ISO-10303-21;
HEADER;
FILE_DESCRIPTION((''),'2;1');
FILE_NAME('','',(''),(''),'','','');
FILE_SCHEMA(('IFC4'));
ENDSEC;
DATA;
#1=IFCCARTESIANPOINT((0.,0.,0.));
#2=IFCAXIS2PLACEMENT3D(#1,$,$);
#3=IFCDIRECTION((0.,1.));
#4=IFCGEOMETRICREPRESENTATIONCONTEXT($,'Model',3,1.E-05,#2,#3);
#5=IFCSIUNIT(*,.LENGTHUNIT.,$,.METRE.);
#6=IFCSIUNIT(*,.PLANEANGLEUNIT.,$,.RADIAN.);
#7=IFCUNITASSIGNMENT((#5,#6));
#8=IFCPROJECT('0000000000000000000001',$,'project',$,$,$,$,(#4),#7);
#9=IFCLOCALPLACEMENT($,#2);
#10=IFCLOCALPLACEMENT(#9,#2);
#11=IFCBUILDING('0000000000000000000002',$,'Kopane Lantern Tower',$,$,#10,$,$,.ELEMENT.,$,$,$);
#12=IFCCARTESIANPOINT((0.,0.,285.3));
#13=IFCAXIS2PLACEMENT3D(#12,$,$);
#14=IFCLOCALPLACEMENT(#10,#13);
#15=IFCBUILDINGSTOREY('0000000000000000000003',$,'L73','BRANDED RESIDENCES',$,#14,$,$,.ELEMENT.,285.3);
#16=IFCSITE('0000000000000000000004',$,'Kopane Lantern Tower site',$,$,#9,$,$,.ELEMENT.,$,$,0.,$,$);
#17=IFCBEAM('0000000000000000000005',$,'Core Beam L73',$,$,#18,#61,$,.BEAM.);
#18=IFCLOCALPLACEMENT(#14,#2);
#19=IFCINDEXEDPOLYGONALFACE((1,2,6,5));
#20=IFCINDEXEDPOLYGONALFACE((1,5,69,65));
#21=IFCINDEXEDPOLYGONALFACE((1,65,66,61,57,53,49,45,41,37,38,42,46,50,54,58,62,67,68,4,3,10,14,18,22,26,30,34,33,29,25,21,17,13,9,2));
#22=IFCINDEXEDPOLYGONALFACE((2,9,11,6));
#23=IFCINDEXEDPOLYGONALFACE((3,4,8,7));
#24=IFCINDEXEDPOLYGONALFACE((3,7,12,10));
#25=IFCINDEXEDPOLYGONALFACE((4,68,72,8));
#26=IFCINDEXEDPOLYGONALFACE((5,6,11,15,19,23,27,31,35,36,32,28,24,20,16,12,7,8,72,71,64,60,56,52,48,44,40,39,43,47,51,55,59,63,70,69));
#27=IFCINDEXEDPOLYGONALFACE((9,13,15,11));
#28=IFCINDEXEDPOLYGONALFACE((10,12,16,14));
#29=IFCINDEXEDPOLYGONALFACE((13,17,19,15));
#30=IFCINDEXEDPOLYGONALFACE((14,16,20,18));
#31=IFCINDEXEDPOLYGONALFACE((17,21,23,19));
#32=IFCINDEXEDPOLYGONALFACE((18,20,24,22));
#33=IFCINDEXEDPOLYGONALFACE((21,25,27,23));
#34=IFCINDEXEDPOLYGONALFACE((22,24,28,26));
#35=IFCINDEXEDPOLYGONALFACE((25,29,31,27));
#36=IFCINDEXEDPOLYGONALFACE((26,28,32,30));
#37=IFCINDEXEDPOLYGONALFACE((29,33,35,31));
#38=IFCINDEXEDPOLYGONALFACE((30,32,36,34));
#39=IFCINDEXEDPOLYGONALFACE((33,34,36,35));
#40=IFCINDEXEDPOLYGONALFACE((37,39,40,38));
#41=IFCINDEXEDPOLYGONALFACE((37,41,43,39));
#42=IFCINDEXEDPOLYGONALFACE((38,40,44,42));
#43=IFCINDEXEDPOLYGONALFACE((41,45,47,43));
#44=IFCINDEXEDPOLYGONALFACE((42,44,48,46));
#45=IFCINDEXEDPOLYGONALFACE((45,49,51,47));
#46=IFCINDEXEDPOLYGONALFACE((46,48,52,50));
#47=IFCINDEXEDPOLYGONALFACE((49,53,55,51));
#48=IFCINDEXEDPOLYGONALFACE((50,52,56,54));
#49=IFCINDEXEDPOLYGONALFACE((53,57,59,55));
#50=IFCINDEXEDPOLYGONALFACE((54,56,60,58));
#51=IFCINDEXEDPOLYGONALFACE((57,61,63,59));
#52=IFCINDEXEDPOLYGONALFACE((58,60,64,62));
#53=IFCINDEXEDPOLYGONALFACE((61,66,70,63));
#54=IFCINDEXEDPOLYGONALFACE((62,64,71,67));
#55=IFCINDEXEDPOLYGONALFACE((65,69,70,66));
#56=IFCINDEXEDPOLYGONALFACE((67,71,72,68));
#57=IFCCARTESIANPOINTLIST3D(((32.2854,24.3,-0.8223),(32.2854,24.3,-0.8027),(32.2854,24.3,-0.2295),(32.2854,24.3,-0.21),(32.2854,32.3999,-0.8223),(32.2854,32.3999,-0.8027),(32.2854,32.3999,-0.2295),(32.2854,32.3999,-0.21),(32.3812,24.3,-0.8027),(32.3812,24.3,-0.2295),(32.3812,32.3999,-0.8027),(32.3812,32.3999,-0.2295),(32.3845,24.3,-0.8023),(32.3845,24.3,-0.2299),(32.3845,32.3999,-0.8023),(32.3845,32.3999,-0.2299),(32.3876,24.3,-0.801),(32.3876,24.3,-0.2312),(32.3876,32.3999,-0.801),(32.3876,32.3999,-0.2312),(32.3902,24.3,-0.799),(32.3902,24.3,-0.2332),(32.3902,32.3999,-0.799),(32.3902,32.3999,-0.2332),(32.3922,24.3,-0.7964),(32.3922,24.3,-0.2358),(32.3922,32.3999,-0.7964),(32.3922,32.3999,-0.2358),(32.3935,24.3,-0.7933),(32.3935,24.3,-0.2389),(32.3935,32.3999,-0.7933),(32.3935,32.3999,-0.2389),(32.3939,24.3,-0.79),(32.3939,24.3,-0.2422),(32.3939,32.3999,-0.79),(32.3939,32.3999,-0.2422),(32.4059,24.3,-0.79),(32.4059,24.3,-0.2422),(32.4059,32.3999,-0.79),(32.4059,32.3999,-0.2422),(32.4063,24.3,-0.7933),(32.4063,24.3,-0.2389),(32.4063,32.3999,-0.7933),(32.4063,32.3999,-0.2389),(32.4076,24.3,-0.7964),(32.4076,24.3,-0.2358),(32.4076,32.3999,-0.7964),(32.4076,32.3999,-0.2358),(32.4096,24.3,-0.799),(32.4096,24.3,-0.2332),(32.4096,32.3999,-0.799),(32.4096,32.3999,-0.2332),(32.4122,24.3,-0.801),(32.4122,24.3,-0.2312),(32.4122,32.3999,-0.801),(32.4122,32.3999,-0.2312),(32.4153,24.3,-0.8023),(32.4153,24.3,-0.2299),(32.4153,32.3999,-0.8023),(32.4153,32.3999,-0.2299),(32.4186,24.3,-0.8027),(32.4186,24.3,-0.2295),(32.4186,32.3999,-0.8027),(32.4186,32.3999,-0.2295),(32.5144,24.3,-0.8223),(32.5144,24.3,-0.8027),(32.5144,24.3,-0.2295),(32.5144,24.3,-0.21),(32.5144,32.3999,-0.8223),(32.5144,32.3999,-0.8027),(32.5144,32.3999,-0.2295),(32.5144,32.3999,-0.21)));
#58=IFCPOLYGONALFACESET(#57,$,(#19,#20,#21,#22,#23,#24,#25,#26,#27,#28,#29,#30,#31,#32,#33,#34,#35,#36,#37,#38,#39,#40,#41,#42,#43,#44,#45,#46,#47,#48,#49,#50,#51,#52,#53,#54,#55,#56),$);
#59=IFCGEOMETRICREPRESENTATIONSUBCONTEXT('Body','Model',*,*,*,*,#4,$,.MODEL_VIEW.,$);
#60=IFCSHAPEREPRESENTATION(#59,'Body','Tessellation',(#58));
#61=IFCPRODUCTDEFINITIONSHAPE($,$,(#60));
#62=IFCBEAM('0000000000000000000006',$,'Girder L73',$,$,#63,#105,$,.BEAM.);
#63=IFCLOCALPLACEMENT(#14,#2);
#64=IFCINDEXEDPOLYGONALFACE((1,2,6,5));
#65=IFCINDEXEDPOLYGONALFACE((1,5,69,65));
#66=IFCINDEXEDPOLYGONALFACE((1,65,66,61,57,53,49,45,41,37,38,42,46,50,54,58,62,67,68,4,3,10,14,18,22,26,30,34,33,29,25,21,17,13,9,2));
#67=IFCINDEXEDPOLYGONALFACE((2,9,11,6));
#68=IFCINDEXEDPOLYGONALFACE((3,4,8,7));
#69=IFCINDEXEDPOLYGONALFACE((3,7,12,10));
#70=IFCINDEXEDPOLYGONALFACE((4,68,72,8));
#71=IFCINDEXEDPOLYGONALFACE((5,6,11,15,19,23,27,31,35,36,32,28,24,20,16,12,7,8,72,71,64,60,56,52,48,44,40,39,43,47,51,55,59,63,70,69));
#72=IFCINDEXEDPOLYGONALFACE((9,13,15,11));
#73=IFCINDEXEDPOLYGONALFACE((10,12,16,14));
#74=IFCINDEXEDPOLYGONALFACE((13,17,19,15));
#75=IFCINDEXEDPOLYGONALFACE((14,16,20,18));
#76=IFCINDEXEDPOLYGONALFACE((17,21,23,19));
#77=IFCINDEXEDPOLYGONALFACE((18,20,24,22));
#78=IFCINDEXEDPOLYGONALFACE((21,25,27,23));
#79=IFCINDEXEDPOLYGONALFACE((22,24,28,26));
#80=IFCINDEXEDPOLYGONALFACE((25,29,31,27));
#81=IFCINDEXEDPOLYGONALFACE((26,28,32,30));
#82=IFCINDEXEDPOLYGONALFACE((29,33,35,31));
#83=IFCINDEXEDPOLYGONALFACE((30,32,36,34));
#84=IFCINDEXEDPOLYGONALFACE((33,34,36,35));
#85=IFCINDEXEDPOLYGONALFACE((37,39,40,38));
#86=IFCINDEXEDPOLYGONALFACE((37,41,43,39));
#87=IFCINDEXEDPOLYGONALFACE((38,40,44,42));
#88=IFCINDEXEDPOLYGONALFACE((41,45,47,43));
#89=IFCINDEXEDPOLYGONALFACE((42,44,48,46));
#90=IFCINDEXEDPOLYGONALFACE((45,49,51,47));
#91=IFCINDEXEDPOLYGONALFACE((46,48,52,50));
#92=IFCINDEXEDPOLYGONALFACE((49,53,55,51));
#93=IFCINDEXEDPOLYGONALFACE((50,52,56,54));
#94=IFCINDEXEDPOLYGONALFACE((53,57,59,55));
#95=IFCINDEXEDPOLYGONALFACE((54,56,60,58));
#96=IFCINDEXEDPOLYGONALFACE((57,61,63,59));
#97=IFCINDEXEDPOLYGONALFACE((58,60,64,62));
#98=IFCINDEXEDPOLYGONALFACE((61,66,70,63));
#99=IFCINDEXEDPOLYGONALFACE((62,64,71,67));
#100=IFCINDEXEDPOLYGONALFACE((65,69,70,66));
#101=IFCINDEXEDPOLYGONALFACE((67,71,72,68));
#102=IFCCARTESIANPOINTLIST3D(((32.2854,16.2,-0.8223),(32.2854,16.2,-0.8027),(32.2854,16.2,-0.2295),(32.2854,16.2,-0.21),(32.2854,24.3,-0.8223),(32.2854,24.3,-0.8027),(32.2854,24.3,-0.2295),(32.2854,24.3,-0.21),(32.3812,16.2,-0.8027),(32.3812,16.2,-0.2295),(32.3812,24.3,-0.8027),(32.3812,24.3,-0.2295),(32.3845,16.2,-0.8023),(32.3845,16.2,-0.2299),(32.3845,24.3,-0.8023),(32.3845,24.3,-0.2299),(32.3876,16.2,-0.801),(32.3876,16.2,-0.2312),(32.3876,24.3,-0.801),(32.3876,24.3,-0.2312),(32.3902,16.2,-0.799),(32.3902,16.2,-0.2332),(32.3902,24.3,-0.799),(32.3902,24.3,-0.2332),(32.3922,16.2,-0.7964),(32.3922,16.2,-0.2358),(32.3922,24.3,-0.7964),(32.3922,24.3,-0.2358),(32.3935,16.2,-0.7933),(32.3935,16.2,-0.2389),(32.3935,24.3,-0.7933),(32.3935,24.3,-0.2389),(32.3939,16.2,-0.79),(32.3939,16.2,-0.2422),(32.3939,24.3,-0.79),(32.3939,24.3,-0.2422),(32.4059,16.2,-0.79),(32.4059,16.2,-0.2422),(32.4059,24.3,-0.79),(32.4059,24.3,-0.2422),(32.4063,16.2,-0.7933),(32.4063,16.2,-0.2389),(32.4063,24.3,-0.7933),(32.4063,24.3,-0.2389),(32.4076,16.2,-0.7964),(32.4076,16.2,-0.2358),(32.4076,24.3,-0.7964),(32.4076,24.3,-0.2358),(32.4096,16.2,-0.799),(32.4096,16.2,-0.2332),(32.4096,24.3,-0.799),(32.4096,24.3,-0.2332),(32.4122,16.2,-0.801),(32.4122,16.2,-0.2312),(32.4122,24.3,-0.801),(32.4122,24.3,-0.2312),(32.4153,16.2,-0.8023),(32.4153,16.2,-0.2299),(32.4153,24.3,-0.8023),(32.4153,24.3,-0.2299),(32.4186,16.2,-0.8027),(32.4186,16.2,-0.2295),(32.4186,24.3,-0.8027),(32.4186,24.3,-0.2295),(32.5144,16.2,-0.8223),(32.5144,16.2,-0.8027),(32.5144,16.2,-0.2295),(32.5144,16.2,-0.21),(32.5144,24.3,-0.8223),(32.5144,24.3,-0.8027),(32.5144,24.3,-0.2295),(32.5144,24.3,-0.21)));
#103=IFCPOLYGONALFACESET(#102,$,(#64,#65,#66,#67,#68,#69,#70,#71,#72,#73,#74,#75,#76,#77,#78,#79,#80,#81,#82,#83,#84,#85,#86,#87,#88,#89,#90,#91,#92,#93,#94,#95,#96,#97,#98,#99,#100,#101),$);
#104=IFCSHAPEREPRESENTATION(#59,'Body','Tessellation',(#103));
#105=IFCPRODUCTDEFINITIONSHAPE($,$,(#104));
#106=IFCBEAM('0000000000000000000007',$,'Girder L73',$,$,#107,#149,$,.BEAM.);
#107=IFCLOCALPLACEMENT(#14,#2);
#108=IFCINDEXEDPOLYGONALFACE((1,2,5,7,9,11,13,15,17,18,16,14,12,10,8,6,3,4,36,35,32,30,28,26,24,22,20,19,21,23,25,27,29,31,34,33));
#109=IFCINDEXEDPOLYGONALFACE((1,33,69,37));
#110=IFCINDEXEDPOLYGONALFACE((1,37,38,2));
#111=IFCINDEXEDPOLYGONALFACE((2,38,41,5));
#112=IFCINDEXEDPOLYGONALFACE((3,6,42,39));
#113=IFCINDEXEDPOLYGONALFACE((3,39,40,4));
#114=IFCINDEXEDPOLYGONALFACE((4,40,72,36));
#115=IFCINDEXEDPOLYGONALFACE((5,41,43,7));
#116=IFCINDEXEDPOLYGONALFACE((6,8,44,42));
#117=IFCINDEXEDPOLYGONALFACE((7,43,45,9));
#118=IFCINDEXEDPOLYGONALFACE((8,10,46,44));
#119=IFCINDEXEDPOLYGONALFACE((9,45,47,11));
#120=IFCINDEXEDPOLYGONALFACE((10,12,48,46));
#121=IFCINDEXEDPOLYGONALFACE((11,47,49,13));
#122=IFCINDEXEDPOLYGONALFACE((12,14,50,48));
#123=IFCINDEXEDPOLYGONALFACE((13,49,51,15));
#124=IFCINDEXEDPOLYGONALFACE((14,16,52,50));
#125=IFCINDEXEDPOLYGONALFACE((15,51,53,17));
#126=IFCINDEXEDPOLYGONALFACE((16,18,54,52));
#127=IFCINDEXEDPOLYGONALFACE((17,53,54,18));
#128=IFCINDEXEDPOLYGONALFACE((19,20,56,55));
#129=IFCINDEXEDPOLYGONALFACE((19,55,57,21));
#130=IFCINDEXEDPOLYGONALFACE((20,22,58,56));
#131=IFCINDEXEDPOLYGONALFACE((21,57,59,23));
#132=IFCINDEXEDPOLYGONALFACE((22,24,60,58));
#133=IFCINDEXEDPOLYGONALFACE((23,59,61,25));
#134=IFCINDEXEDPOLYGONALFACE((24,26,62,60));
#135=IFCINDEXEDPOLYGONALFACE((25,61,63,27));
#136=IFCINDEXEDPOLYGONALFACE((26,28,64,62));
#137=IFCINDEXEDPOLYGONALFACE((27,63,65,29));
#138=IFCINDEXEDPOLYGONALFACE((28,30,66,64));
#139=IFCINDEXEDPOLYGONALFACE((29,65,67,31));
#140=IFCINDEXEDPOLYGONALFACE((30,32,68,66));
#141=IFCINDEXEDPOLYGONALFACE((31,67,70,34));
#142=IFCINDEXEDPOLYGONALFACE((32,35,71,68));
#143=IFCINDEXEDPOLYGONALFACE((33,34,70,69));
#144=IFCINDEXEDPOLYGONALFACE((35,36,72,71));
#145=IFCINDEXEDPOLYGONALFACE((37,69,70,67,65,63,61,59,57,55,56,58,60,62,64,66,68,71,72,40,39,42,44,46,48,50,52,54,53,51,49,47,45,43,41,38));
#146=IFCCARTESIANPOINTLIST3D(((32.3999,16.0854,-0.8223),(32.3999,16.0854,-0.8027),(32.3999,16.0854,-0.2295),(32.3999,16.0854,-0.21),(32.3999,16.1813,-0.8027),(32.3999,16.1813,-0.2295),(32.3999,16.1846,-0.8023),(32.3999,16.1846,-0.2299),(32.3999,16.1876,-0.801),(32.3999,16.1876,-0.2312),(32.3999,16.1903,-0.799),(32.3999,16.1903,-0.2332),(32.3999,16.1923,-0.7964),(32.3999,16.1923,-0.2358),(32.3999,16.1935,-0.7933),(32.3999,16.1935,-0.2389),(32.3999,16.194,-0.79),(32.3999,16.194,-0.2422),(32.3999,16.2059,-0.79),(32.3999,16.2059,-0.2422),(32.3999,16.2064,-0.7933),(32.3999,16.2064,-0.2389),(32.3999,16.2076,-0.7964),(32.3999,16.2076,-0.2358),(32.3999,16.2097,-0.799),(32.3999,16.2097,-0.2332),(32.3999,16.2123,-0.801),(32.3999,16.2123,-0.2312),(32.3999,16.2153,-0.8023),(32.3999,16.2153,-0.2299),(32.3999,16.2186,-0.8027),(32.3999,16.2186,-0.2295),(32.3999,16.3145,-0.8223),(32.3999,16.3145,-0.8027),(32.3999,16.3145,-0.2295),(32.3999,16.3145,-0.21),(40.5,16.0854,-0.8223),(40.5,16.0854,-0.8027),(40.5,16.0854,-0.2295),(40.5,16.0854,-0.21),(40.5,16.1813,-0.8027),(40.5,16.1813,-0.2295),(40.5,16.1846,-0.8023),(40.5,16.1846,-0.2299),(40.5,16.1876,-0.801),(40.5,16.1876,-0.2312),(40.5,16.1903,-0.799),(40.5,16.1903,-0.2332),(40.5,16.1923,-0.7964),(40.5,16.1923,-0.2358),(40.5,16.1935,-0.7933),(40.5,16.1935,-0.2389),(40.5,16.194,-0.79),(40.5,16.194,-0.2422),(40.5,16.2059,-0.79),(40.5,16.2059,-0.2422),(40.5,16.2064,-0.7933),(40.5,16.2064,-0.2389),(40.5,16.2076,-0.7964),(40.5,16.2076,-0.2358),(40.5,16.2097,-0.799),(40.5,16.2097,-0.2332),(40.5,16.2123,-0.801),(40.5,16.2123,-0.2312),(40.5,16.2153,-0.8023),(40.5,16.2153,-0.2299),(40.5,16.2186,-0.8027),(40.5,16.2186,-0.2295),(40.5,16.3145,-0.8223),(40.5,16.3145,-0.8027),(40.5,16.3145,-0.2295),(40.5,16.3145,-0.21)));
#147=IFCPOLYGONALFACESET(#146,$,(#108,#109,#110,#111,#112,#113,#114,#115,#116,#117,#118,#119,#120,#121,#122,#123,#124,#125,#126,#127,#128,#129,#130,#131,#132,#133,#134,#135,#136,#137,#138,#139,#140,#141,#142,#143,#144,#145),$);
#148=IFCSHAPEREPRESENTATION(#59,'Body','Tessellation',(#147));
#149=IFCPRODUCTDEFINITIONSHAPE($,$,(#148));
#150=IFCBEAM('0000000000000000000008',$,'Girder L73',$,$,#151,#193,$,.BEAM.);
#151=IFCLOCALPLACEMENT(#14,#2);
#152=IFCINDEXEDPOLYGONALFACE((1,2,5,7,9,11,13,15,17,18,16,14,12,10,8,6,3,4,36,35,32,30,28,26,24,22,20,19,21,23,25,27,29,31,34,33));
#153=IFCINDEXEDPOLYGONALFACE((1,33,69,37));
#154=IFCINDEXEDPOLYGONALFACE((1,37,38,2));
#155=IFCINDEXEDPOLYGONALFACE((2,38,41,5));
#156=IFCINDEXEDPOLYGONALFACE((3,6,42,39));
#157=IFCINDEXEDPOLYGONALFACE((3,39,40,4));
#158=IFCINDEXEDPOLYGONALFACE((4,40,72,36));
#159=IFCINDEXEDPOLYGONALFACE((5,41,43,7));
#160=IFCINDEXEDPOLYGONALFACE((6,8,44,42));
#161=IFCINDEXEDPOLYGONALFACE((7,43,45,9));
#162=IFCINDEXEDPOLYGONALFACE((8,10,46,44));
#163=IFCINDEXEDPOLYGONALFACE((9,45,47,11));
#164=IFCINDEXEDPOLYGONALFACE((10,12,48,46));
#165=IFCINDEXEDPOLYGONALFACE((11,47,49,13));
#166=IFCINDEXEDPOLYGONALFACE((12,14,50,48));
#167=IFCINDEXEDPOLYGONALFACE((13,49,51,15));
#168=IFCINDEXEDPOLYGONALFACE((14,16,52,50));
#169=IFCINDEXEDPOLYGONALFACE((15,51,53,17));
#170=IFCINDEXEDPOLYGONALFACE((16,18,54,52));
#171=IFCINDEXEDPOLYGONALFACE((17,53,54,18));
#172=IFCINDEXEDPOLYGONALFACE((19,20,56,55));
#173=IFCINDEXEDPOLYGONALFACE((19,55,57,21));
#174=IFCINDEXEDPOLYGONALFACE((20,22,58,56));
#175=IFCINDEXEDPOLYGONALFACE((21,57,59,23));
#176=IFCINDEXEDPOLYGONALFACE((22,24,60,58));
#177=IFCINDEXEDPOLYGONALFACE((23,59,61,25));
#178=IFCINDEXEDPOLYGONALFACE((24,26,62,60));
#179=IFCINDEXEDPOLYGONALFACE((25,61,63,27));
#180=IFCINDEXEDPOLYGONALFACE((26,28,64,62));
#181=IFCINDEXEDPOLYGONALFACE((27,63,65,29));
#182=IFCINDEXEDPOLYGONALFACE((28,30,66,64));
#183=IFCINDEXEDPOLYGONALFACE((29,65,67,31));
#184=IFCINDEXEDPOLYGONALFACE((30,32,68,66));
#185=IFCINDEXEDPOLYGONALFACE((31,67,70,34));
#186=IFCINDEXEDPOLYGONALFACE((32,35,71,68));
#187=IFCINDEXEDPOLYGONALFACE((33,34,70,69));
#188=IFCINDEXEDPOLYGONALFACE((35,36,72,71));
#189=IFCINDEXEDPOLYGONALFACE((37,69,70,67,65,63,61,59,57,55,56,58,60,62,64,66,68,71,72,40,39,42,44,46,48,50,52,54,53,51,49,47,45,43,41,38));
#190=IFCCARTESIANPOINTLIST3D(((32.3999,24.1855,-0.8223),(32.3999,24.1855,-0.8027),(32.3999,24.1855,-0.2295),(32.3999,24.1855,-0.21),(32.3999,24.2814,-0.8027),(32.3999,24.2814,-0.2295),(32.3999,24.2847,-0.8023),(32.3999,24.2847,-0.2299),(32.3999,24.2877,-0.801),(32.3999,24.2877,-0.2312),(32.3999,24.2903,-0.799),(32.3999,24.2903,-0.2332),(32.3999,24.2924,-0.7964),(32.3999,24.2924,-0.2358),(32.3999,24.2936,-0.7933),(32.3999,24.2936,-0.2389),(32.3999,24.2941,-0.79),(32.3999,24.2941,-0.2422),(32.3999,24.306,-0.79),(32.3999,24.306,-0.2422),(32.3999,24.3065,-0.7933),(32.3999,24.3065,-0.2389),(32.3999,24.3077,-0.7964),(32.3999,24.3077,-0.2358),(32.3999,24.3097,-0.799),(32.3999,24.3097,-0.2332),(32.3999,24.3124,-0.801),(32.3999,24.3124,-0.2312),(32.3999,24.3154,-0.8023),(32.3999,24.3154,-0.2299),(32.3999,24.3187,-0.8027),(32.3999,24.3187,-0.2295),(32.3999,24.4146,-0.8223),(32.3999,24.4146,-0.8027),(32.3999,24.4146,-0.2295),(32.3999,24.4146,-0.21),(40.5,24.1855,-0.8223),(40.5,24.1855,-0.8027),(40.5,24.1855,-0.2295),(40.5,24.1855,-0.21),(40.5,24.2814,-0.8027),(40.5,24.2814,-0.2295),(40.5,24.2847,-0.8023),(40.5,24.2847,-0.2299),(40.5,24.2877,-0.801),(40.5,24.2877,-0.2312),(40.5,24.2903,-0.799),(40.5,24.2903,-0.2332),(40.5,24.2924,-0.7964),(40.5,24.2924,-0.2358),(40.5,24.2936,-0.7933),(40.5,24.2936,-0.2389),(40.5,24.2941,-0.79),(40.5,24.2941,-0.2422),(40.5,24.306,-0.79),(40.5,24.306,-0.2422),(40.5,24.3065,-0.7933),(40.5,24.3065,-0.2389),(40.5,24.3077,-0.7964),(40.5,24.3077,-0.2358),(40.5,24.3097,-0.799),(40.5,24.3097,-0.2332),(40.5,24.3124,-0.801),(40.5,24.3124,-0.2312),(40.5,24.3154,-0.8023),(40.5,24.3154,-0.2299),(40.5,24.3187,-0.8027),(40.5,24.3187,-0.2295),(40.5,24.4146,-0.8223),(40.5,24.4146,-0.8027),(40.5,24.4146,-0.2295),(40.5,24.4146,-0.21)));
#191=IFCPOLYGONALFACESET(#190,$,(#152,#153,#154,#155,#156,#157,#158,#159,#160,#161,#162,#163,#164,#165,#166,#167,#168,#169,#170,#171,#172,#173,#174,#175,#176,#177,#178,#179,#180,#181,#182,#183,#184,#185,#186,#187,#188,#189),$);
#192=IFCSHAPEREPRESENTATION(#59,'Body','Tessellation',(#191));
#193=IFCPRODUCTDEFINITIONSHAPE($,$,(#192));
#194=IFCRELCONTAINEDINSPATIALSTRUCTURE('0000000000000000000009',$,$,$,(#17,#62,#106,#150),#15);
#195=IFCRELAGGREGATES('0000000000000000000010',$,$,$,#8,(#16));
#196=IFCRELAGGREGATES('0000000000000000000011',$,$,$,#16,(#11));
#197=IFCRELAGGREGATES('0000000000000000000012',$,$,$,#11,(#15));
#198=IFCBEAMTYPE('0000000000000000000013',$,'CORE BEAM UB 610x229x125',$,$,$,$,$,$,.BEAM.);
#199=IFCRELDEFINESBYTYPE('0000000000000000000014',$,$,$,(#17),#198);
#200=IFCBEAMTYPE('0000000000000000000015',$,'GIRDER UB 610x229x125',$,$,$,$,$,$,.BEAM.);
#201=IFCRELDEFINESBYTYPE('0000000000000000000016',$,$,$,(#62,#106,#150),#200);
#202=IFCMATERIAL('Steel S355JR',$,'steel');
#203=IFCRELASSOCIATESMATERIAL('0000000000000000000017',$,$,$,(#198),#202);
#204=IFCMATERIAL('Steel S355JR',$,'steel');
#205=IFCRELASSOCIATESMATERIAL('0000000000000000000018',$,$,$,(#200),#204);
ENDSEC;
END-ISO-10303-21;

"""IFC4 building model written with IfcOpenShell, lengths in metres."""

from ifc_helpers import new_model, si_unit, direction, frame, origin, origin_2d, place, context, subcontext, project, spatial, i_section, extrude, material, material_profile, profile_set, type_object, element, save


model = new_model("IFC4")

# Units and contexts
model_context = context("Model", 3, precision=1e-05, world=origin(), true_north=direction((0.0, 1.0)))
body_context = subcontext(model_context, "Body", "Model", "MODEL_VIEW")
ifc_project = project(units=[si_unit("LENGTHUNIT", "METRE"), si_unit("PLANEANGLEUNIT", "RADIAN")], contexts=[model_context])

# Site, building, storey
site_placement = place(None, origin())
site = spatial("IfcSite", under=ifc_project, at=site_placement, Name="Kopane Lantern Tower site", CompositionType="ELEMENT", RefElevation=0.0)
building_placement = place(site_placement, origin())
building = spatial("IfcBuilding", under=site, at=building_placement, Name="Kopane Lantern Tower", CompositionType="ELEMENT")
storey_placement = place(building_placement, frame((0.0, 0.0, 285.3)))
storey = spatial("IfcBuildingStorey", under=building, at=storey_placement, Name="L73", Description="BRANDED RESIDENCES", CompositionType="ELEMENT", Elevation=285.3)

# Beams
ifc_material_1 = material(Name="Steel S355JR", Category="steel")
ifc_material_profile_1 = material_profile(ifc_material_1, i_section(OverallWidth=0.229, OverallDepth=0.6123, WebThickness=0.012, FlangeThickness=0.0195, FilletRadius=0.0127, at=origin_2d()), Name="UB 610x229x125")
ifc_profile_set_1 = profile_set([ifc_material_profile_1], Name="Steel S355JR")
beam_type_1 = type_object("IfcBeamType", Name="CORE BEAM UB 610x229x125", PredefinedType="BEAM", material=ifc_profile_set_1)
beam_placement = place(storey_placement, frame((32.3999, 24.3, -0.5161), z_axis=(0.0, 1.0, 0.0), x_axis=(-1.0, 0.0, 0.0)))
element("IfcBeam", 1, at=beam_placement, inside=storey, type_object=beam_type_1, Name="Core Beam L73", PredefinedType="BEAM", context=body_context, shape_type="SweptSolid", body=[
    extrude(i_section(OverallWidth=0.229, OverallDepth=0.6123, WebThickness=0.012, FlangeThickness=0.0195, FilletRadius=0.0127, at=origin_2d()), origin(), (0.0, 0.0, 1.0), 8.0999),
])
ifc_material_2 = material(Name="Steel S355JR", Category="steel")
ifc_material_profile_2 = material_profile(ifc_material_2, i_section(OverallWidth=0.229, OverallDepth=0.6123, WebThickness=0.012, FlangeThickness=0.0195, FilletRadius=0.0127, at=origin_2d()), Name="UB 610x229x125")
ifc_profile_set_2 = profile_set([ifc_material_profile_2], Name="Steel S355JR")
beam_type_2 = type_object("IfcBeamType", Name="GIRDER UB 610x229x125", PredefinedType="BEAM", material=ifc_profile_set_2)
for number, where, z_axis, x_axis, name in (
    (2, (32.3999, 16.2, -0.5161), (0.0, 1.0, 0.0), (-1.0, 0.0, 0.0), "Girder L73"),
    (3, (32.3999, 16.2, -0.5161), (1.0, 0.0, 0.0), (0.0, 1.0, 0.0), "Girder L73"),
    (4, (32.3999, 24.3, -0.5161), (1.0, 0.0, 0.0), (0.0, 1.0, 0.0), "Girder L73"),
):
    element("IfcBeam", number, at=place(storey_placement, frame(where, z_axis=z_axis, x_axis=x_axis)), inside=storey, type_object=beam_type_2, Name=name, PredefinedType="BEAM", context=body_context, shape_type="SweptSolid", body=[
        extrude(i_section(OverallWidth=0.229, OverallDepth=0.6123, WebThickness=0.012, FlangeThickness=0.0195, FilletRadius=0.0127, at=origin_2d()), origin(), (0.0, 0.0, 1.0), 8.1001),
    ])

save(model, "model.ifc")
